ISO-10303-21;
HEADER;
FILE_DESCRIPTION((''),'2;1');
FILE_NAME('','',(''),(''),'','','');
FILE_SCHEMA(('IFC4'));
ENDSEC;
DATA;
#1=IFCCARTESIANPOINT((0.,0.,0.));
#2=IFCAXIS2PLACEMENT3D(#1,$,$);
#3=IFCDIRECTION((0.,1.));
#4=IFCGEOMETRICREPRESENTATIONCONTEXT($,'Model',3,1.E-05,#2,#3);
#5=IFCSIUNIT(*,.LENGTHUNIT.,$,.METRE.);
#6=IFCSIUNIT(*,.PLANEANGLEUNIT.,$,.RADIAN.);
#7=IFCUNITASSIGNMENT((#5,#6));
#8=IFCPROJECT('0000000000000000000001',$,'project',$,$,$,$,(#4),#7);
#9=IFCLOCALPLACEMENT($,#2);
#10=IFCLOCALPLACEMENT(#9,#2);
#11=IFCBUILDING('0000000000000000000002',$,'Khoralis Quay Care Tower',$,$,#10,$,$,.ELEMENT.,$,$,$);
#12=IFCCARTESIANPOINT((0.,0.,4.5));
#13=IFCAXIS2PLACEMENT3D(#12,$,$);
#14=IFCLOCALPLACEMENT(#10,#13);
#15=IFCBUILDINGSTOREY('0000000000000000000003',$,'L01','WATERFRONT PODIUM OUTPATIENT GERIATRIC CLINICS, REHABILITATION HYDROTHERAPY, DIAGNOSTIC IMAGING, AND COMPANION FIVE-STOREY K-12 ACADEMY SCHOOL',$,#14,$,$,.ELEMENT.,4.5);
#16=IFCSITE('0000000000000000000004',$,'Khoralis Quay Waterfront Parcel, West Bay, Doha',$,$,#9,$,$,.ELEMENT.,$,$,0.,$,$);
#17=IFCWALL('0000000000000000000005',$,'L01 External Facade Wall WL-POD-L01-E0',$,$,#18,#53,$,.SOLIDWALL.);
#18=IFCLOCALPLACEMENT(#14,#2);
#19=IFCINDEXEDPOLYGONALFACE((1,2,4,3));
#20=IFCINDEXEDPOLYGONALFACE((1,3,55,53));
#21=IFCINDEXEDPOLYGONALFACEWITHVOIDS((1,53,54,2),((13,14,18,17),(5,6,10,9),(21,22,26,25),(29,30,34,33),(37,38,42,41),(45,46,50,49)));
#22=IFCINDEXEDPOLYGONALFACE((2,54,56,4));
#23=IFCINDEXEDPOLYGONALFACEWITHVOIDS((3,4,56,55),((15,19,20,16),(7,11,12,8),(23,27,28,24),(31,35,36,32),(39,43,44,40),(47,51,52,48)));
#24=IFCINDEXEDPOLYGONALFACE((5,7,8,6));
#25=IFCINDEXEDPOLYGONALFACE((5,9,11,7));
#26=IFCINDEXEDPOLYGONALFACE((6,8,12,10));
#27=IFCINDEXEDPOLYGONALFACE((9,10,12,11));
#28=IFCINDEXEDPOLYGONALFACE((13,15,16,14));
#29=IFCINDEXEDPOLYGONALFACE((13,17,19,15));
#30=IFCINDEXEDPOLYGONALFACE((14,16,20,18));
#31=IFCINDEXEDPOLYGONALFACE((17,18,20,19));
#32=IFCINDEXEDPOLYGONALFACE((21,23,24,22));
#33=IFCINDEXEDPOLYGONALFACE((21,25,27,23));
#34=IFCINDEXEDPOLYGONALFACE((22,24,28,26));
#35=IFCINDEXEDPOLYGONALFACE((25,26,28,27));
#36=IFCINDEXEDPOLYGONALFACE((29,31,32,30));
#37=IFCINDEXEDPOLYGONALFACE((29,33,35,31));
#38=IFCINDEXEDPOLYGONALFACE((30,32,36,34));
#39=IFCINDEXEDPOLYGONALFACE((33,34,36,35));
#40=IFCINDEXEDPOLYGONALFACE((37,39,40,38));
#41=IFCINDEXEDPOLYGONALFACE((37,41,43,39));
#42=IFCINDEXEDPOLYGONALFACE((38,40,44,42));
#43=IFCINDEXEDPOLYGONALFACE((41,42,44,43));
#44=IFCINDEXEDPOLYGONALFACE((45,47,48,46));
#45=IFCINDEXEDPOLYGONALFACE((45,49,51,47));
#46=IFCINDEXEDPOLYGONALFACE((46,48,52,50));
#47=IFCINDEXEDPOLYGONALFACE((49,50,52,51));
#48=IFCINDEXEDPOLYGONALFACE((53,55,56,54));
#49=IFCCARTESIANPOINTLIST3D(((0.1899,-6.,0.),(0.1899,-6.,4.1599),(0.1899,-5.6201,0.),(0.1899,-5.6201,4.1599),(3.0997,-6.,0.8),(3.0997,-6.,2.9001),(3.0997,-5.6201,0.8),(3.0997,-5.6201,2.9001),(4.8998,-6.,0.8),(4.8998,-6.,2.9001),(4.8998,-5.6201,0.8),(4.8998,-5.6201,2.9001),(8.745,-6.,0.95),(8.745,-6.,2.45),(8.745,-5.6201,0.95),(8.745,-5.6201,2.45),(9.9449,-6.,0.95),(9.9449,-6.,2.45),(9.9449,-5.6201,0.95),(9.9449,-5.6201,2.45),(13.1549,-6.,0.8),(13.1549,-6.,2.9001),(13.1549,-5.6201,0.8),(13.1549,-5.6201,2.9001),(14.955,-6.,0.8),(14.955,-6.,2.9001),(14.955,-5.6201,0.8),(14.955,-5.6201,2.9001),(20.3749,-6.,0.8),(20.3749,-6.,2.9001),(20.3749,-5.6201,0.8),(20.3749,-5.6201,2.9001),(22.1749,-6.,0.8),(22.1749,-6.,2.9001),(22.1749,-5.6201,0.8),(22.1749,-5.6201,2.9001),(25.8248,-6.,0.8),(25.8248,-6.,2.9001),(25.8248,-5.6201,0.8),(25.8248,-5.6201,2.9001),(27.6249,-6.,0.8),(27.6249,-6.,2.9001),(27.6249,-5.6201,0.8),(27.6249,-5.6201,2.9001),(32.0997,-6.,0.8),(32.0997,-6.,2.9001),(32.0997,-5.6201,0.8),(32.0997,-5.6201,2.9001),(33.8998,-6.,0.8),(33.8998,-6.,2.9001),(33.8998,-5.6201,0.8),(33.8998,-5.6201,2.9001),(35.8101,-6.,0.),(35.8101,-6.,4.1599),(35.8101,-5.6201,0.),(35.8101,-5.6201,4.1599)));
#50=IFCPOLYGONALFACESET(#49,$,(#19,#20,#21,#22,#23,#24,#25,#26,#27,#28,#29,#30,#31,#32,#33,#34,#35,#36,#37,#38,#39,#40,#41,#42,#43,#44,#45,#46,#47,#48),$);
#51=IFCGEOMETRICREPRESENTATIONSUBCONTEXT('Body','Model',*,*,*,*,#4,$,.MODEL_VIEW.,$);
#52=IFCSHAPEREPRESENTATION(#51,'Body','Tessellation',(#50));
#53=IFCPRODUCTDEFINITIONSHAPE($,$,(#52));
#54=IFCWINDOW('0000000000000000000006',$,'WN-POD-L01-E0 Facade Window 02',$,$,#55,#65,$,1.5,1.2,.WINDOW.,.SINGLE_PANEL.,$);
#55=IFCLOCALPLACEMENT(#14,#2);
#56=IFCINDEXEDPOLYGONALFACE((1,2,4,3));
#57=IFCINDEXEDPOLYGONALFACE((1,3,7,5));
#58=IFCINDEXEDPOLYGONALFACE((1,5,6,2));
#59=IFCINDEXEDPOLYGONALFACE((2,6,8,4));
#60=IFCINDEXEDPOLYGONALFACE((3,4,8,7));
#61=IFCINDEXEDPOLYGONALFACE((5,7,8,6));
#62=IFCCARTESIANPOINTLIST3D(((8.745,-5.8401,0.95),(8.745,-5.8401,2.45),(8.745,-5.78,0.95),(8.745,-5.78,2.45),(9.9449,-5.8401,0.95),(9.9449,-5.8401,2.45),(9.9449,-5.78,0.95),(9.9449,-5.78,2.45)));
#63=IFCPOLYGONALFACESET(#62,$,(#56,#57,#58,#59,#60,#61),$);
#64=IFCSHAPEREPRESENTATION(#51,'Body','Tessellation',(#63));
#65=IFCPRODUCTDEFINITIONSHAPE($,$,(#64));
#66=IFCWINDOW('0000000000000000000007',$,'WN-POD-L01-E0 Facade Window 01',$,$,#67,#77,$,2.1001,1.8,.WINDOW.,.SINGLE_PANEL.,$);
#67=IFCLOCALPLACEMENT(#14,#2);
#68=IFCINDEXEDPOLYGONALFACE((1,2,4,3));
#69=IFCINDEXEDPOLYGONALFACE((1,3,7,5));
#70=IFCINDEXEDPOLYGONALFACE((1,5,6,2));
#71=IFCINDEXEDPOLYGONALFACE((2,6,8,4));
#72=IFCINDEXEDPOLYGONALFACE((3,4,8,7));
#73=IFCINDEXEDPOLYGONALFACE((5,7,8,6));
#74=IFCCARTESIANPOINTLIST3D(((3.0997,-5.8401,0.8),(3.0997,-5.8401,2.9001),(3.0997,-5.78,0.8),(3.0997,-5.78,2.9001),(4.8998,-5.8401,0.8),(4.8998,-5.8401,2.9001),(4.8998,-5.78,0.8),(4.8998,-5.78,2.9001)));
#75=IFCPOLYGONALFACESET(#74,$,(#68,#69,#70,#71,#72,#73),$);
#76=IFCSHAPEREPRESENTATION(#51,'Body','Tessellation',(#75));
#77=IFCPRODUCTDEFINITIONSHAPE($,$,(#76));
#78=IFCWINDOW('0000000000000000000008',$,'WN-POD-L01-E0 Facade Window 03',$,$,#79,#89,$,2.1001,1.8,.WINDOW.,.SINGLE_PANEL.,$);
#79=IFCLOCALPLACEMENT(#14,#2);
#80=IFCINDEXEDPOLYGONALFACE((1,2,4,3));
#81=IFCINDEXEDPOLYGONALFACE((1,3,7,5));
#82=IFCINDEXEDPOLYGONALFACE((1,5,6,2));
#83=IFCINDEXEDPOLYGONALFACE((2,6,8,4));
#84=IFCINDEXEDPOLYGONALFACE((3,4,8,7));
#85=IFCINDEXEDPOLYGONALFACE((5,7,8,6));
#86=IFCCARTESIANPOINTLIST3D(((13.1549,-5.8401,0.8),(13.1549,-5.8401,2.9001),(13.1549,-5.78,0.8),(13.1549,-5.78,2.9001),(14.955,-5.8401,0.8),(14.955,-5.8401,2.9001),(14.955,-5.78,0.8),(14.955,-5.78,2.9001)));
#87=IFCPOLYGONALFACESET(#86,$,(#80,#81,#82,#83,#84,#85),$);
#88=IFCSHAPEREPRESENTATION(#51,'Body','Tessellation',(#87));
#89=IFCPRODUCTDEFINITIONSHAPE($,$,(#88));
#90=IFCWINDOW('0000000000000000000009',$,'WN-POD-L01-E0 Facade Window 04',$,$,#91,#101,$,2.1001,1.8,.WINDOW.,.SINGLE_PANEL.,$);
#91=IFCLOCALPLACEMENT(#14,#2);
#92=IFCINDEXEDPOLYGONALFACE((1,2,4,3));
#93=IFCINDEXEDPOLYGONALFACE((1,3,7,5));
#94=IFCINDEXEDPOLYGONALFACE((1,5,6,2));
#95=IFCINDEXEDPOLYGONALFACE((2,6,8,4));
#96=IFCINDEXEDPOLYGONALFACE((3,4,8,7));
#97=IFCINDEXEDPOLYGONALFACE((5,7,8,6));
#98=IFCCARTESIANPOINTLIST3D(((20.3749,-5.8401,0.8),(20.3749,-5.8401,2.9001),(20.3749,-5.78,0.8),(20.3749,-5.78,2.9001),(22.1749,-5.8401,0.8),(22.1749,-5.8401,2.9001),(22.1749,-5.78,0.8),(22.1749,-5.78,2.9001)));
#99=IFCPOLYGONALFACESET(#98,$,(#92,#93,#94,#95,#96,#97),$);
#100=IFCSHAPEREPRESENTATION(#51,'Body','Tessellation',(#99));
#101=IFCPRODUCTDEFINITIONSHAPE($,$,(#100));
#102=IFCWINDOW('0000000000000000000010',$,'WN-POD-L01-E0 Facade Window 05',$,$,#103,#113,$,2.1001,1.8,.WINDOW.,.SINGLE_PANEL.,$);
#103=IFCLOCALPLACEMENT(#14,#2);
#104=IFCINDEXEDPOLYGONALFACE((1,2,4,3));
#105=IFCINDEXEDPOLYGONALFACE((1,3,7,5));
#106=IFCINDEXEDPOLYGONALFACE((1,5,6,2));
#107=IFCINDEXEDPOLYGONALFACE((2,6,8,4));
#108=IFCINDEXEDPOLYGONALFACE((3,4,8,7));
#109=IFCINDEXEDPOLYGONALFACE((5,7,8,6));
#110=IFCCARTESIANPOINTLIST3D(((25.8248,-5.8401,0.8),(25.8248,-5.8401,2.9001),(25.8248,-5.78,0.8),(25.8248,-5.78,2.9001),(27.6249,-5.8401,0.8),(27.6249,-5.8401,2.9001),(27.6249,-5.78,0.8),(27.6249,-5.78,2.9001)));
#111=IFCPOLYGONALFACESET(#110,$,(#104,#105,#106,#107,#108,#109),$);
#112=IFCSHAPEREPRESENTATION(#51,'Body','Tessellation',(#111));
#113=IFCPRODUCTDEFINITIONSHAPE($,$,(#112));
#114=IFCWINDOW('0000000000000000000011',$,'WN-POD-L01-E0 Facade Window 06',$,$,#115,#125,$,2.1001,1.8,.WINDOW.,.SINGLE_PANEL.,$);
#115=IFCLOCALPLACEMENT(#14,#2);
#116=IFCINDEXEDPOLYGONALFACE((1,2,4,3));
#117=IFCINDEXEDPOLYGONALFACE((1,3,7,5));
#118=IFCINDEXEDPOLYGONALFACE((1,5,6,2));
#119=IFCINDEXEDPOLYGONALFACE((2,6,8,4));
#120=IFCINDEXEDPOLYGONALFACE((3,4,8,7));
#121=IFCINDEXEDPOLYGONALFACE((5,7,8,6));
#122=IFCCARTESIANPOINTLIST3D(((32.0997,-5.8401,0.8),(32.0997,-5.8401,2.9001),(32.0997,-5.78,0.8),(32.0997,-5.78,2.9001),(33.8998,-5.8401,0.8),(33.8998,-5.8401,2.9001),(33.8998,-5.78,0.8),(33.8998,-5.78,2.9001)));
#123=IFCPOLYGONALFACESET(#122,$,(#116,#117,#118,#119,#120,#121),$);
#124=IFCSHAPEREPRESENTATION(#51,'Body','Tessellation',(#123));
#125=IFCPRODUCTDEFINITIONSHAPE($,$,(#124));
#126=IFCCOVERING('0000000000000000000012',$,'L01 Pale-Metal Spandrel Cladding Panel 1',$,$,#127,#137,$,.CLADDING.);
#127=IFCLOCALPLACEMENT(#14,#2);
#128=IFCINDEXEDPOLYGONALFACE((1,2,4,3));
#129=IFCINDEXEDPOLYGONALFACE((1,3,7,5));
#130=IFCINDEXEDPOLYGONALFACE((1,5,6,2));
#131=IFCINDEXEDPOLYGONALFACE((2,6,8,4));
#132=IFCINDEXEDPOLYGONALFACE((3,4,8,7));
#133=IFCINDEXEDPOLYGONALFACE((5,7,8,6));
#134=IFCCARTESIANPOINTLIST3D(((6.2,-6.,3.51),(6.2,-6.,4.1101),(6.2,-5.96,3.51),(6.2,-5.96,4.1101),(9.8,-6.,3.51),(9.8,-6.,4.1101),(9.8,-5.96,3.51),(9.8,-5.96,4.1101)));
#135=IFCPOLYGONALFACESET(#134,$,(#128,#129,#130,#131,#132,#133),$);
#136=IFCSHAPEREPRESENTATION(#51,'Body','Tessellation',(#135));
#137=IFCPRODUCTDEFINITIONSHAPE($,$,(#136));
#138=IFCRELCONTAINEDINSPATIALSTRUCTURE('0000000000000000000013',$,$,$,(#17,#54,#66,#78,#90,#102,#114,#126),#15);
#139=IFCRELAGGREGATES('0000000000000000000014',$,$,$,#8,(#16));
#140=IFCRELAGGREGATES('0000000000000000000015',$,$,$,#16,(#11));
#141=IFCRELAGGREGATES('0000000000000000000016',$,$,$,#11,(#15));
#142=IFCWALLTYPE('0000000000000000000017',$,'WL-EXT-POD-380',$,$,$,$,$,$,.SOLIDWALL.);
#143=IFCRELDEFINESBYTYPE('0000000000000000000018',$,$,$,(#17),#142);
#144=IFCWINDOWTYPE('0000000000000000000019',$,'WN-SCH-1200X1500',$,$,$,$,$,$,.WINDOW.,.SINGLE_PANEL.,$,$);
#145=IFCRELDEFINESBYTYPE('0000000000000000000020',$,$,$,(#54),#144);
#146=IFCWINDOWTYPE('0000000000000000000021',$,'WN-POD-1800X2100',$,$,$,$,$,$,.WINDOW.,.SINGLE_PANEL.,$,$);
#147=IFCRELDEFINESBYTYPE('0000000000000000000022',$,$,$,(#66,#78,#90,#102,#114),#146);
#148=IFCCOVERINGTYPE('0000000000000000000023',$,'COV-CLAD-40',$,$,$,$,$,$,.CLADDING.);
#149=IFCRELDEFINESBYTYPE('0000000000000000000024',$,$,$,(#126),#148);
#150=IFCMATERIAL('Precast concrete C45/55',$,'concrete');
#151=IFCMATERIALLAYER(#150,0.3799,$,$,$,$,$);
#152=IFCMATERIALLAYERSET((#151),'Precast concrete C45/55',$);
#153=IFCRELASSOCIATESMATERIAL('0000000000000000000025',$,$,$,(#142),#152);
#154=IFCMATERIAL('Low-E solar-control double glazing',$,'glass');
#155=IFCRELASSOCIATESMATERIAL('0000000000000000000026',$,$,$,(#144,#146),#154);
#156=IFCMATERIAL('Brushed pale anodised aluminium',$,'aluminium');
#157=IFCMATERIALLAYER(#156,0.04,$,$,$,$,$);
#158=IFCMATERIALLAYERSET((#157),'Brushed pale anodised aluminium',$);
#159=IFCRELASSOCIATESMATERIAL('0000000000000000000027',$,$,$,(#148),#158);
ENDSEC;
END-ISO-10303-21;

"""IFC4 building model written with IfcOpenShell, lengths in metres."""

from ifc_helpers import new_model, si_unit, direction, frame, frame_2d, origin, origin_2d, place, context, subcontext, project, spatial, rectangle, extrude, source, transform, mapped, material, layer, layer_set, type_object, element, fill, save


model = new_model("IFC4")

# Units and contexts
model_context = context("Model", 3, precision=1e-05, world=origin(), true_north=direction((0.0, 1.0)))
body_context = subcontext(model_context, "Body", "Model", "MODEL_VIEW")
ifc_project = project(units=[si_unit("LENGTHUNIT", "METRE"), si_unit("PLANEANGLEUNIT", "RADIAN")], contexts=[model_context])

# Site, building, storey
site_placement = place(None, origin())
site = spatial("IfcSite", under=ifc_project, at=site_placement, Name="Khoralis Quay Waterfront Parcel, West Bay, Doha", CompositionType="ELEMENT", RefElevation=0.0)
building_placement = place(site_placement, origin())
building = spatial("IfcBuilding", under=site, at=building_placement, Name="Khoralis Quay Care Tower", CompositionType="ELEMENT")
storey_placement = place(building_placement, frame((0.0, 0.0, 4.5)))
storey = spatial("IfcBuildingStorey", under=building, at=storey_placement, Name="L01", Description="WATERFRONT PODIUM OUTPATIENT GERIATRIC CLINICS, REHABILITATION HYDROTHERAPY, DIAGNOSTIC IMAGING, AND COMPANION FIVE-STOREY K-12 ACADEMY SCHOOL", CompositionType="ELEMENT", Elevation=4.5)

# Shared definitions
ifc_material_1 = material(Name="Precast concrete C45/55", Category="concrete")

# Wall, openings, windows
ifc_layer_1 = layer(ifc_material_1, 0.3799)
ifc_layer_set_1 = layer_set([ifc_layer_1], Name="Precast concrete C45/55")
wall_type = type_object("IfcWallType", Name="WL-EXT-POD-380", PredefinedType="SOLIDWALL", material=ifc_layer_set_1)
wall_placement = place(storey_placement, frame((0.1899, -5.8101, 0.0), z_axis=(0.0, 0.0, 1.0), x_axis=(1.0, 0.0, 0.0)))
wall = element("IfcWall", 1, at=wall_placement, inside=storey, type_object=wall_type, Name="L01 External Facade Wall WL-POD-L01-E0", PredefinedType="SOLIDWALL", context=body_context, shape_type="SweptSolid", body=[
    extrude(rectangle(XDim=35.6201, YDim=0.3799, at=frame_2d((17.8101, 0.0))), origin(), (0.0, 0.0, 1.0), 4.1599),
])
opening_1_placement = place(wall_placement, frame((2.9099, 0.0, 0.8)))
opening_1 = element("IfcOpeningElement", 2, at=opening_1_placement, cuts=wall, PredefinedType="OPENING", context=body_context, shape_type="SweptSolid", body=[
    extrude(rectangle(XDim=1.8, YDim=2.1001, at=frame_2d((0.8999, 1.05))), frame((0.0, 0.2, 0.0), z_axis=(0.0, -1.0, 0.0), x_axis=(1.0, 0.0, 0.0)), (0.0, 0.0, 1.0), 0.3999),
])
opening_2_placement = place(wall_placement, frame((8.5549, 0.0, 0.95)))
opening_2 = element("IfcOpeningElement", 3, at=opening_2_placement, cuts=wall, PredefinedType="OPENING", context=body_context, shape_type="SweptSolid", body=[
    extrude(rectangle(XDim=1.2, YDim=1.5, at=frame_2d((0.6001, 0.75))), frame((0.0, 0.2, 0.0), z_axis=(0.0, -1.0, 0.0), x_axis=(1.0, 0.0, 0.0)), (0.0, 0.0, 1.0), 0.3999),
])
opening_3_placement = place(wall_placement, frame((12.9651, 0.0, 0.8)))
opening_3 = element("IfcOpeningElement", 4, at=opening_3_placement, cuts=wall, PredefinedType="OPENING", context=body_context, shape_type="SweptSolid", body=[
    extrude(rectangle(XDim=1.8, YDim=2.1001, at=frame_2d((0.8999, 1.05))), frame((0.0, 0.2, 0.0), z_axis=(0.0, -1.0, 0.0), x_axis=(1.0, 0.0, 0.0)), (0.0, 0.0, 1.0), 0.3999),
])
opening_4_placement = place(wall_placement, frame((20.1851, 0.0, 0.8)))
opening_4 = element("IfcOpeningElement", 5, at=opening_4_placement, cuts=wall, PredefinedType="OPENING", context=body_context, shape_type="SweptSolid", body=[
    extrude(rectangle(XDim=1.8, YDim=2.1001, at=frame_2d((0.8999, 1.05))), frame((0.0, 0.2, 0.0), z_axis=(0.0, -1.0, 0.0), x_axis=(1.0, 0.0, 0.0)), (0.0, 0.0, 1.0), 0.3999),
])
opening_5_placement = place(wall_placement, frame((25.635, 0.0, 0.8)))
opening_5 = element("IfcOpeningElement", 6, at=opening_5_placement, cuts=wall, PredefinedType="OPENING", context=body_context, shape_type="SweptSolid", body=[
    extrude(rectangle(XDim=1.8, YDim=2.1001, at=frame_2d((0.8999, 1.05))), frame((0.0, 0.2, 0.0), z_axis=(0.0, -1.0, 0.0), x_axis=(1.0, 0.0, 0.0)), (0.0, 0.0, 1.0), 0.3999),
])
opening_6_placement = place(wall_placement, frame((31.9099, 0.0, 0.8)))
opening_6 = element("IfcOpeningElement", 7, at=opening_6_placement, cuts=wall, PredefinedType="OPENING", context=body_context, shape_type="SweptSolid", body=[
    extrude(rectangle(XDim=1.8, YDim=2.1001, at=frame_2d((0.8999, 1.05))), frame((0.0, 0.2, 0.0), z_axis=(0.0, -1.0, 0.0), x_axis=(1.0, 0.0, 0.0)), (0.0, 0.0, 1.0), 0.3999),
])
ifc_material_2 = material(Name="Low-E solar-control double glazing", Category="glass")
window_type_1 = type_object("IfcWindowType", Name="WN-SCH-1200X1500", PartitioningType="SINGLE_PANEL", PredefinedType="WINDOW", material=ifc_material_2)
shared_shape_1 = source(origin(), body_context, "Body", "SweptSolid", [
    extrude(rectangle(XDim=1.2, YDim=1.5, at=frame_2d((0.6001, 0.75))), frame((0.0, 0.03, 0.0), z_axis=(0.0, -1.0, 0.0), x_axis=(1.0, 0.0, 0.0)), (0.0, 0.0, 1.0), 0.0601),
])
window_1_placement = place(opening_2_placement, origin())
window_1 = element("IfcWindow", 8, at=window_1_placement, inside=storey, type_object=window_type_1, Name="WN-POD-L01-E0 Facade Window 02", OverallHeight=1.5, OverallWidth=1.2, PartitioningType="SINGLE_PANEL", PredefinedType="WINDOW", context=body_context, shape_type="MappedRepresentation", body=[
    mapped(shared_shape_1, transform((0.0, 0.0, 0.0), scale=1.0)),
])
fill(opening_2, window_1)
window_type_2 = type_object("IfcWindowType", Name="WN-POD-1800X2100", PartitioningType="SINGLE_PANEL", PredefinedType="WINDOW", material=ifc_material_2)
shared_shape_2 = source(origin(), body_context, "Body", "SweptSolid", [
    extrude(rectangle(XDim=1.8, YDim=2.1001, at=frame_2d((0.8999, 1.05))), frame((0.0, 0.03, 0.0), z_axis=(0.0, -1.0, 0.0), x_axis=(1.0, 0.0, 0.0)), (0.0, 0.0, 1.0), 0.0601),
])
window_2_placement = place(opening_1_placement, origin())
window_2 = element("IfcWindow", 9, at=window_2_placement, inside=storey, type_object=window_type_2, Name="WN-POD-L01-E0 Facade Window 01", OverallHeight=2.1001, OverallWidth=1.8, PartitioningType="SINGLE_PANEL", PredefinedType="WINDOW", context=body_context, shape_type="MappedRepresentation", body=[
    mapped(shared_shape_2, transform((0.0, 0.0, 0.0), scale=1.0)),
])
fill(opening_1, window_2)
window_3_placement = place(opening_3_placement, origin())
window_3 = element("IfcWindow", 10, at=window_3_placement, inside=storey, type_object=window_type_2, Name="WN-POD-L01-E0 Facade Window 03", OverallHeight=2.1001, OverallWidth=1.8, PartitioningType="SINGLE_PANEL", PredefinedType="WINDOW", context=body_context, shape_type="MappedRepresentation", body=[
    mapped(shared_shape_2, transform((0.0, 0.0, 0.0), scale=1.0)),
])
fill(opening_3, window_3)
window_4_placement = place(opening_4_placement, origin())
window_4 = element("IfcWindow", 11, at=window_4_placement, inside=storey, type_object=window_type_2, Name="WN-POD-L01-E0 Facade Window 04", OverallHeight=2.1001, OverallWidth=1.8, PartitioningType="SINGLE_PANEL", PredefinedType="WINDOW", context=body_context, shape_type="MappedRepresentation", body=[
    mapped(shared_shape_2, transform((0.0, 0.0, 0.0), scale=1.0)),
])
fill(opening_4, window_4)
window_5_placement = place(opening_5_placement, origin())
window_5 = element("IfcWindow", 12, at=window_5_placement, inside=storey, type_object=window_type_2, Name="WN-POD-L01-E0 Facade Window 05", OverallHeight=2.1001, OverallWidth=1.8, PartitioningType="SINGLE_PANEL", PredefinedType="WINDOW", context=body_context, shape_type="MappedRepresentation", body=[
    mapped(shared_shape_2, transform((0.0, 0.0, 0.0), scale=1.0)),
])
fill(opening_5, window_5)
window_6_placement = place(opening_6_placement, origin())
window_6 = element("IfcWindow", 13, at=window_6_placement, inside=storey, type_object=window_type_2, Name="WN-POD-L01-E0 Facade Window 06", OverallHeight=2.1001, OverallWidth=1.8, PartitioningType="SINGLE_PANEL", PredefinedType="WINDOW", context=body_context, shape_type="MappedRepresentation", body=[
    mapped(shared_shape_2, transform((0.0, 0.0, 0.0), scale=1.0)),
])
fill(opening_6, window_6)

# Covering
ifc_material_3 = material(Name="Brushed pale anodised aluminium", Category="aluminium")
ifc_layer_2 = layer(ifc_material_3, 0.04)
ifc_layer_set_2 = layer_set([ifc_layer_2], Name="Brushed pale anodised aluminium")
covering_type = type_object("IfcCoveringType", Name="COV-CLAD-40", PredefinedType="CLADDING", material=ifc_layer_set_2)
shared_shape_3 = source(origin(), body_context, "Body", "SweptSolid", [
    extrude(rectangle(XDim=3.6001, YDim=0.04, at=origin_2d()), origin(), (0.0, 0.0, 1.0), 0.6001),
])
covering_placement = place(storey_placement, frame((8.0, -5.98, 3.51), z_axis=(0.0, 0.0, 1.0), x_axis=(1.0, 0.0, 0.0)))
element("IfcCovering", 14, at=covering_placement, inside=storey, type_object=covering_type, Name="L01 Pale-Metal Spandrel Cladding Panel 1", PredefinedType="CLADDING", context=body_context, shape_type="MappedRepresentation", body=[
    mapped(shared_shape_3, transform((0.0, 0.0, 0.0), scale=1.0)),
])

save(model, "model.ifc")
